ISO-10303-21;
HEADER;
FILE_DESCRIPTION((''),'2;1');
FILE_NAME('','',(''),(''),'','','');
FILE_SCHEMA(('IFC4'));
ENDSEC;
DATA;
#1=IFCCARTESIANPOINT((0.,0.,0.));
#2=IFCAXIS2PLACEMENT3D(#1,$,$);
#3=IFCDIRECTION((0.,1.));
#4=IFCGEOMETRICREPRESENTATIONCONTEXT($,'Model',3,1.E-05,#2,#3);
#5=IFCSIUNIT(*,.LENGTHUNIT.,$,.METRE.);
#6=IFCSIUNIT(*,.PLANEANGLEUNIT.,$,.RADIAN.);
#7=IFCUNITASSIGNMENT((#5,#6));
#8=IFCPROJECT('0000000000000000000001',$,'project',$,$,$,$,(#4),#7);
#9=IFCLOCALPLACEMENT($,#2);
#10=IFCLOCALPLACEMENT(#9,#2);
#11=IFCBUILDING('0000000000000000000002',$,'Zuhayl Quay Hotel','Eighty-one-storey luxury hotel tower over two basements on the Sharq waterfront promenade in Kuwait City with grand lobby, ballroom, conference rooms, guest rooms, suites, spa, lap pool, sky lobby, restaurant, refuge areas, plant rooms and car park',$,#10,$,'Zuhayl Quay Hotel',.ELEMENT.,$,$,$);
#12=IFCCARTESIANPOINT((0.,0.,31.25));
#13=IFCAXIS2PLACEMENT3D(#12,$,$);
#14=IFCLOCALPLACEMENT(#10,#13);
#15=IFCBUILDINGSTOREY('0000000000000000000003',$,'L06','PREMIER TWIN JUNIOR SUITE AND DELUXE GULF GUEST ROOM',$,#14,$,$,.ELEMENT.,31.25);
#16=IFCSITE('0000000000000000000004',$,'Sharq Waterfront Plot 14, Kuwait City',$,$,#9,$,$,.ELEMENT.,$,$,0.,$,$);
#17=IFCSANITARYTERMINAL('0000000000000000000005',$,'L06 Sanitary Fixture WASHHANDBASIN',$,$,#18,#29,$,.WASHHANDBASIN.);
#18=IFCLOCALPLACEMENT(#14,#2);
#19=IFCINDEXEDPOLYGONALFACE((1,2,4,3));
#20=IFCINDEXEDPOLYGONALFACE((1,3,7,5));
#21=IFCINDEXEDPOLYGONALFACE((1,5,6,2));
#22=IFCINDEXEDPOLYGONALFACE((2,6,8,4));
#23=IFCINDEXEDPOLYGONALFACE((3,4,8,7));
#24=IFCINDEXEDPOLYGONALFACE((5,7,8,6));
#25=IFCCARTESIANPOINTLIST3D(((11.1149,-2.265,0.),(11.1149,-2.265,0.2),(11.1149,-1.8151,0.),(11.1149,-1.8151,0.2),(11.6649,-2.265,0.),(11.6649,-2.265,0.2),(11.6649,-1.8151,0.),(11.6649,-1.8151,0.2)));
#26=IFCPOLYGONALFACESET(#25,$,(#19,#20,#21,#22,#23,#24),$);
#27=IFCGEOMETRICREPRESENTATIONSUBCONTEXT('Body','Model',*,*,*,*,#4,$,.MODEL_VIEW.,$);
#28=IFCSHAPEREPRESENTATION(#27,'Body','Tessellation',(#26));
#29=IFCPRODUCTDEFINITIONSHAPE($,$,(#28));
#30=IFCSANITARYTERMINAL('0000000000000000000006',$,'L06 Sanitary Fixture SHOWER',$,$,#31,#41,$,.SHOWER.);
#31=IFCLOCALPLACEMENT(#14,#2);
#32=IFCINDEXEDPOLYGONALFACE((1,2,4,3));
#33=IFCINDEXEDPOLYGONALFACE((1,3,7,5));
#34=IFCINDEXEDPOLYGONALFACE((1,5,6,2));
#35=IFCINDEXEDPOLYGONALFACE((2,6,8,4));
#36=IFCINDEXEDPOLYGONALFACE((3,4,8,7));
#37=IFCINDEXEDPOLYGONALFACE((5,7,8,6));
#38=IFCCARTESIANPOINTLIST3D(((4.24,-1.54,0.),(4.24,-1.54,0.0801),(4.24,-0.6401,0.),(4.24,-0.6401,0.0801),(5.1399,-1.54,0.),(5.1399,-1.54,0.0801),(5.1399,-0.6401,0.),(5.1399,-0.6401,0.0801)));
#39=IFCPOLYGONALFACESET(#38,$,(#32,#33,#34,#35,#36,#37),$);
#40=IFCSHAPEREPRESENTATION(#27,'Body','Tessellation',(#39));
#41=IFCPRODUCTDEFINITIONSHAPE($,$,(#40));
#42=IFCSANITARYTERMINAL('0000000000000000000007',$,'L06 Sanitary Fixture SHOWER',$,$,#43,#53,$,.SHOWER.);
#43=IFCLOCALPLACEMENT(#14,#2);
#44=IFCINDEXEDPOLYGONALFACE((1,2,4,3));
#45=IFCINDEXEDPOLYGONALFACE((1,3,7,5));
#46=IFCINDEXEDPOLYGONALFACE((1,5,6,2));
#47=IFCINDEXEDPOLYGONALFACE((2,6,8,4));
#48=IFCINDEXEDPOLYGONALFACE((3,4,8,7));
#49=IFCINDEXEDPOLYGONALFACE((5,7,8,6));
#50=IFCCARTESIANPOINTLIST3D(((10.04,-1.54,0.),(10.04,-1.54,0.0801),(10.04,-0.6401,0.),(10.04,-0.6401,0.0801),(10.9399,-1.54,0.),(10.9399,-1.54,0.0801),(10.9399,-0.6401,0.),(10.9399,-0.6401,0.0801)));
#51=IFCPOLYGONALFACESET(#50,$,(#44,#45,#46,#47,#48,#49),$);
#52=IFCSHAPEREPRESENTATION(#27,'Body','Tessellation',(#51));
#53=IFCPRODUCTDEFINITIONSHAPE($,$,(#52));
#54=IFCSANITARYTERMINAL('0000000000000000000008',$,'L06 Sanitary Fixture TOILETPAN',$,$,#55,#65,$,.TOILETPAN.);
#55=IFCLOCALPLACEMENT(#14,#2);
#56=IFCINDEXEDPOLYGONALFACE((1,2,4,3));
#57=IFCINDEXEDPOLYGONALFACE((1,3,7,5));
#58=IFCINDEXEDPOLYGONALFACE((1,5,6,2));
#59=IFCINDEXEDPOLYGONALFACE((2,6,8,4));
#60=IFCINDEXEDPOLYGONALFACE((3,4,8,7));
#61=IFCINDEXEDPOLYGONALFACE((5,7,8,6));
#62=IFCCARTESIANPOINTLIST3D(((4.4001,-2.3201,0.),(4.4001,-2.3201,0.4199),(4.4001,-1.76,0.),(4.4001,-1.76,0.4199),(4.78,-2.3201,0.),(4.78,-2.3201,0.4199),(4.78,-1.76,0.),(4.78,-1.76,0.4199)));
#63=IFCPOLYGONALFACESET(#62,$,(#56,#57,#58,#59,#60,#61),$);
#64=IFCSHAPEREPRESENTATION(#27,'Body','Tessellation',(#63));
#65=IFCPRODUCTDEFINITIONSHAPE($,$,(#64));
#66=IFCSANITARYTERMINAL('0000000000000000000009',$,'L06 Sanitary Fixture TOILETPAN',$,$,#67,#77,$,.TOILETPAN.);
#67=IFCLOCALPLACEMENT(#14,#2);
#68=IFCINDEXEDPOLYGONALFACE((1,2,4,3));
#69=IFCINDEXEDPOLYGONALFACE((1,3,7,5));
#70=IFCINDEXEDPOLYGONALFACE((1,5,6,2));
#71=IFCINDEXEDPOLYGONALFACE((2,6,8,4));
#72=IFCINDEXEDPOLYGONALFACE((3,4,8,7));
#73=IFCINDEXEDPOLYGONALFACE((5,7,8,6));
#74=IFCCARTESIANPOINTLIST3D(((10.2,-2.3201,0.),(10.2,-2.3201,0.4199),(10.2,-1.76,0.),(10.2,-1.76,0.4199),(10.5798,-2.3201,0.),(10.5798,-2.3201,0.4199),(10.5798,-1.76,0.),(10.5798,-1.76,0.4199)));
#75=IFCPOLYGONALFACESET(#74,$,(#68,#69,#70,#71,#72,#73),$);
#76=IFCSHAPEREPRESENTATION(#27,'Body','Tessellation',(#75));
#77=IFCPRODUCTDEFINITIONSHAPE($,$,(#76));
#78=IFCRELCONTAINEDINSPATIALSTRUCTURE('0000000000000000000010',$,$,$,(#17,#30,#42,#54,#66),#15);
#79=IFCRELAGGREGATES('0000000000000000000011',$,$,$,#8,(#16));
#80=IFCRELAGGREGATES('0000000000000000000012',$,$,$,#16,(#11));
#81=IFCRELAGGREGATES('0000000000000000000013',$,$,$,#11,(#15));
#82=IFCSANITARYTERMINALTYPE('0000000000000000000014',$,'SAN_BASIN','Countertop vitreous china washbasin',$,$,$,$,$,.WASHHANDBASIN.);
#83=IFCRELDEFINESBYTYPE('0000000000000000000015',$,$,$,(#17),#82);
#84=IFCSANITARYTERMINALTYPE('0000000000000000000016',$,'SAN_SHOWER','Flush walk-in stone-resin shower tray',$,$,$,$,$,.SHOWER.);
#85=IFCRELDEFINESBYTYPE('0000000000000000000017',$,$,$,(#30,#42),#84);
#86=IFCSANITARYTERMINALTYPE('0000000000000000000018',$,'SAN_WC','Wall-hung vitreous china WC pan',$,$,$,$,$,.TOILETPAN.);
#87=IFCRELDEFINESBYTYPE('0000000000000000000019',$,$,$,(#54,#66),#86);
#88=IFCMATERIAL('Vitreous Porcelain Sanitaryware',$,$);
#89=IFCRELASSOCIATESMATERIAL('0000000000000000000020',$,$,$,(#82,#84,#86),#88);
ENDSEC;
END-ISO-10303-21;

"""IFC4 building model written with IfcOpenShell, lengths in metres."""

from ifc_helpers import new_model, si_unit, direction, frame, origin, origin_2d, place, context, subcontext, project, spatial, rectangle, extrude, material, type_object, element, save


model = new_model("IFC4")

# Units and contexts
model_context = context("Model", 3, precision=1e-05, world=origin(), true_north=direction((0.0, 1.0)))
body_context = subcontext(model_context, "Body", "Model", "MODEL_VIEW")
ifc_project = project(units=[si_unit("LENGTHUNIT", "METRE"), si_unit("PLANEANGLEUNIT", "RADIAN")], contexts=[model_context])

# Site, building, storey
site_placement = place(None, origin())
site = spatial("IfcSite", under=ifc_project, at=site_placement, Name="Sharq Waterfront Plot 14, Kuwait City", CompositionType="ELEMENT", RefElevation=0.0)
building_placement = place(site_placement, origin())
building = spatial("IfcBuilding", under=site, at=building_placement, Name="Zuhayl Quay Hotel", Description="Eighty-one-storey luxury hotel tower over two basements on the Sharq waterfront promenade in Kuwait City with grand lobby, ballroom, conference rooms, guest rooms, suites, spa, lap pool, sky lobby, restaurant, refuge areas, plant rooms and car park", LongName="Zuhayl Quay Hotel", CompositionType="ELEMENT")
storey_placement = place(building_placement, frame((0.0, 0.0, 31.25)))
storey = spatial("IfcBuildingStorey", under=building, at=storey_placement, Name="L06", Description="PREMIER TWIN JUNIOR SUITE AND DELUXE GULF GUEST ROOM", CompositionType="ELEMENT", Elevation=31.25)

# Sanitary terminals
ifc_material_1 = material(Name="Vitreous Porcelain Sanitaryware")
sanitary_terminal_type_1 = type_object("IfcSanitaryTerminalType", Name="SAN_BASIN", Description="Countertop vitreous china washbasin", PredefinedType="WASHHANDBASIN", material=ifc_material_1)
for number, where, z_axis, x_axis, name in (
    (1, (11.3899, -2.04, 0.0), (0.0, 0.0, 1.0), (1.0, 0.0, 0.0), "L06 Sanitary Fixture WASHHANDBASIN"),
):
    element("IfcSanitaryTerminal", number, at=place(storey_placement, frame(where, z_axis=z_axis, x_axis=x_axis)), inside=storey, type_object=sanitary_terminal_type_1, Name=name, PredefinedType="WASHHANDBASIN", context=body_context, shape_type="SweptSolid", body=[
        extrude(rectangle(XDim=0.55, YDim=0.45, at=origin_2d()), origin(), (0.0, 0.0, 1.0), 0.2),
    ])
sanitary_terminal_type_2 = type_object("IfcSanitaryTerminalType", Name="SAN_SHOWER", Description="Flush walk-in stone-resin shower tray", PredefinedType="SHOWER", material=ifc_material_1)
for number, where, z_axis, x_axis, name in (
    (2, (4.6899, -1.0901, 0.0), (0.0, 0.0, 1.0), (1.0, 0.0, 0.0), "L06 Sanitary Fixture SHOWER"),
    (3, (10.49, -1.0901, 0.0), (0.0, 0.0, 1.0), (1.0, 0.0, 0.0), "L06 Sanitary Fixture SHOWER"),
):
    element("IfcSanitaryTerminal", number, at=place(storey_placement, frame(where, z_axis=z_axis, x_axis=x_axis)), inside=storey, type_object=sanitary_terminal_type_2, Name=name, PredefinedType="SHOWER", context=body_context, shape_type="SweptSolid", body=[
        extrude(rectangle(XDim=0.8999, YDim=0.8999, at=origin_2d()), origin(), (0.0, 0.0, 1.0), 0.0801),
    ])
sanitary_terminal_type_3 = type_object("IfcSanitaryTerminalType", Name="SAN_WC", Description="Wall-hung vitreous china WC pan", PredefinedType="TOILETPAN", material=ifc_material_1)
for number, where, z_axis, x_axis, name in (
    (4, (4.5901, -2.04, 0.0), (0.0, 0.0, 1.0), (1.0, 0.0, 0.0), "L06 Sanitary Fixture TOILETPAN"),
    (5, (10.3899, -2.04, 0.0), (0.0, 0.0, 1.0), (1.0, 0.0, 0.0), "L06 Sanitary Fixture TOILETPAN"),
):
    element("IfcSanitaryTerminal", number, at=place(storey_placement, frame(where, z_axis=z_axis, x_axis=x_axis)), inside=storey, type_object=sanitary_terminal_type_3, Name=name, PredefinedType="TOILETPAN", context=body_context, shape_type="SweptSolid", body=[
        extrude(rectangle(XDim=0.3799, YDim=0.5601, at=origin_2d()), origin(), (0.0, 0.0, 1.0), 0.4199),
    ])

save(model, "model.ifc")
